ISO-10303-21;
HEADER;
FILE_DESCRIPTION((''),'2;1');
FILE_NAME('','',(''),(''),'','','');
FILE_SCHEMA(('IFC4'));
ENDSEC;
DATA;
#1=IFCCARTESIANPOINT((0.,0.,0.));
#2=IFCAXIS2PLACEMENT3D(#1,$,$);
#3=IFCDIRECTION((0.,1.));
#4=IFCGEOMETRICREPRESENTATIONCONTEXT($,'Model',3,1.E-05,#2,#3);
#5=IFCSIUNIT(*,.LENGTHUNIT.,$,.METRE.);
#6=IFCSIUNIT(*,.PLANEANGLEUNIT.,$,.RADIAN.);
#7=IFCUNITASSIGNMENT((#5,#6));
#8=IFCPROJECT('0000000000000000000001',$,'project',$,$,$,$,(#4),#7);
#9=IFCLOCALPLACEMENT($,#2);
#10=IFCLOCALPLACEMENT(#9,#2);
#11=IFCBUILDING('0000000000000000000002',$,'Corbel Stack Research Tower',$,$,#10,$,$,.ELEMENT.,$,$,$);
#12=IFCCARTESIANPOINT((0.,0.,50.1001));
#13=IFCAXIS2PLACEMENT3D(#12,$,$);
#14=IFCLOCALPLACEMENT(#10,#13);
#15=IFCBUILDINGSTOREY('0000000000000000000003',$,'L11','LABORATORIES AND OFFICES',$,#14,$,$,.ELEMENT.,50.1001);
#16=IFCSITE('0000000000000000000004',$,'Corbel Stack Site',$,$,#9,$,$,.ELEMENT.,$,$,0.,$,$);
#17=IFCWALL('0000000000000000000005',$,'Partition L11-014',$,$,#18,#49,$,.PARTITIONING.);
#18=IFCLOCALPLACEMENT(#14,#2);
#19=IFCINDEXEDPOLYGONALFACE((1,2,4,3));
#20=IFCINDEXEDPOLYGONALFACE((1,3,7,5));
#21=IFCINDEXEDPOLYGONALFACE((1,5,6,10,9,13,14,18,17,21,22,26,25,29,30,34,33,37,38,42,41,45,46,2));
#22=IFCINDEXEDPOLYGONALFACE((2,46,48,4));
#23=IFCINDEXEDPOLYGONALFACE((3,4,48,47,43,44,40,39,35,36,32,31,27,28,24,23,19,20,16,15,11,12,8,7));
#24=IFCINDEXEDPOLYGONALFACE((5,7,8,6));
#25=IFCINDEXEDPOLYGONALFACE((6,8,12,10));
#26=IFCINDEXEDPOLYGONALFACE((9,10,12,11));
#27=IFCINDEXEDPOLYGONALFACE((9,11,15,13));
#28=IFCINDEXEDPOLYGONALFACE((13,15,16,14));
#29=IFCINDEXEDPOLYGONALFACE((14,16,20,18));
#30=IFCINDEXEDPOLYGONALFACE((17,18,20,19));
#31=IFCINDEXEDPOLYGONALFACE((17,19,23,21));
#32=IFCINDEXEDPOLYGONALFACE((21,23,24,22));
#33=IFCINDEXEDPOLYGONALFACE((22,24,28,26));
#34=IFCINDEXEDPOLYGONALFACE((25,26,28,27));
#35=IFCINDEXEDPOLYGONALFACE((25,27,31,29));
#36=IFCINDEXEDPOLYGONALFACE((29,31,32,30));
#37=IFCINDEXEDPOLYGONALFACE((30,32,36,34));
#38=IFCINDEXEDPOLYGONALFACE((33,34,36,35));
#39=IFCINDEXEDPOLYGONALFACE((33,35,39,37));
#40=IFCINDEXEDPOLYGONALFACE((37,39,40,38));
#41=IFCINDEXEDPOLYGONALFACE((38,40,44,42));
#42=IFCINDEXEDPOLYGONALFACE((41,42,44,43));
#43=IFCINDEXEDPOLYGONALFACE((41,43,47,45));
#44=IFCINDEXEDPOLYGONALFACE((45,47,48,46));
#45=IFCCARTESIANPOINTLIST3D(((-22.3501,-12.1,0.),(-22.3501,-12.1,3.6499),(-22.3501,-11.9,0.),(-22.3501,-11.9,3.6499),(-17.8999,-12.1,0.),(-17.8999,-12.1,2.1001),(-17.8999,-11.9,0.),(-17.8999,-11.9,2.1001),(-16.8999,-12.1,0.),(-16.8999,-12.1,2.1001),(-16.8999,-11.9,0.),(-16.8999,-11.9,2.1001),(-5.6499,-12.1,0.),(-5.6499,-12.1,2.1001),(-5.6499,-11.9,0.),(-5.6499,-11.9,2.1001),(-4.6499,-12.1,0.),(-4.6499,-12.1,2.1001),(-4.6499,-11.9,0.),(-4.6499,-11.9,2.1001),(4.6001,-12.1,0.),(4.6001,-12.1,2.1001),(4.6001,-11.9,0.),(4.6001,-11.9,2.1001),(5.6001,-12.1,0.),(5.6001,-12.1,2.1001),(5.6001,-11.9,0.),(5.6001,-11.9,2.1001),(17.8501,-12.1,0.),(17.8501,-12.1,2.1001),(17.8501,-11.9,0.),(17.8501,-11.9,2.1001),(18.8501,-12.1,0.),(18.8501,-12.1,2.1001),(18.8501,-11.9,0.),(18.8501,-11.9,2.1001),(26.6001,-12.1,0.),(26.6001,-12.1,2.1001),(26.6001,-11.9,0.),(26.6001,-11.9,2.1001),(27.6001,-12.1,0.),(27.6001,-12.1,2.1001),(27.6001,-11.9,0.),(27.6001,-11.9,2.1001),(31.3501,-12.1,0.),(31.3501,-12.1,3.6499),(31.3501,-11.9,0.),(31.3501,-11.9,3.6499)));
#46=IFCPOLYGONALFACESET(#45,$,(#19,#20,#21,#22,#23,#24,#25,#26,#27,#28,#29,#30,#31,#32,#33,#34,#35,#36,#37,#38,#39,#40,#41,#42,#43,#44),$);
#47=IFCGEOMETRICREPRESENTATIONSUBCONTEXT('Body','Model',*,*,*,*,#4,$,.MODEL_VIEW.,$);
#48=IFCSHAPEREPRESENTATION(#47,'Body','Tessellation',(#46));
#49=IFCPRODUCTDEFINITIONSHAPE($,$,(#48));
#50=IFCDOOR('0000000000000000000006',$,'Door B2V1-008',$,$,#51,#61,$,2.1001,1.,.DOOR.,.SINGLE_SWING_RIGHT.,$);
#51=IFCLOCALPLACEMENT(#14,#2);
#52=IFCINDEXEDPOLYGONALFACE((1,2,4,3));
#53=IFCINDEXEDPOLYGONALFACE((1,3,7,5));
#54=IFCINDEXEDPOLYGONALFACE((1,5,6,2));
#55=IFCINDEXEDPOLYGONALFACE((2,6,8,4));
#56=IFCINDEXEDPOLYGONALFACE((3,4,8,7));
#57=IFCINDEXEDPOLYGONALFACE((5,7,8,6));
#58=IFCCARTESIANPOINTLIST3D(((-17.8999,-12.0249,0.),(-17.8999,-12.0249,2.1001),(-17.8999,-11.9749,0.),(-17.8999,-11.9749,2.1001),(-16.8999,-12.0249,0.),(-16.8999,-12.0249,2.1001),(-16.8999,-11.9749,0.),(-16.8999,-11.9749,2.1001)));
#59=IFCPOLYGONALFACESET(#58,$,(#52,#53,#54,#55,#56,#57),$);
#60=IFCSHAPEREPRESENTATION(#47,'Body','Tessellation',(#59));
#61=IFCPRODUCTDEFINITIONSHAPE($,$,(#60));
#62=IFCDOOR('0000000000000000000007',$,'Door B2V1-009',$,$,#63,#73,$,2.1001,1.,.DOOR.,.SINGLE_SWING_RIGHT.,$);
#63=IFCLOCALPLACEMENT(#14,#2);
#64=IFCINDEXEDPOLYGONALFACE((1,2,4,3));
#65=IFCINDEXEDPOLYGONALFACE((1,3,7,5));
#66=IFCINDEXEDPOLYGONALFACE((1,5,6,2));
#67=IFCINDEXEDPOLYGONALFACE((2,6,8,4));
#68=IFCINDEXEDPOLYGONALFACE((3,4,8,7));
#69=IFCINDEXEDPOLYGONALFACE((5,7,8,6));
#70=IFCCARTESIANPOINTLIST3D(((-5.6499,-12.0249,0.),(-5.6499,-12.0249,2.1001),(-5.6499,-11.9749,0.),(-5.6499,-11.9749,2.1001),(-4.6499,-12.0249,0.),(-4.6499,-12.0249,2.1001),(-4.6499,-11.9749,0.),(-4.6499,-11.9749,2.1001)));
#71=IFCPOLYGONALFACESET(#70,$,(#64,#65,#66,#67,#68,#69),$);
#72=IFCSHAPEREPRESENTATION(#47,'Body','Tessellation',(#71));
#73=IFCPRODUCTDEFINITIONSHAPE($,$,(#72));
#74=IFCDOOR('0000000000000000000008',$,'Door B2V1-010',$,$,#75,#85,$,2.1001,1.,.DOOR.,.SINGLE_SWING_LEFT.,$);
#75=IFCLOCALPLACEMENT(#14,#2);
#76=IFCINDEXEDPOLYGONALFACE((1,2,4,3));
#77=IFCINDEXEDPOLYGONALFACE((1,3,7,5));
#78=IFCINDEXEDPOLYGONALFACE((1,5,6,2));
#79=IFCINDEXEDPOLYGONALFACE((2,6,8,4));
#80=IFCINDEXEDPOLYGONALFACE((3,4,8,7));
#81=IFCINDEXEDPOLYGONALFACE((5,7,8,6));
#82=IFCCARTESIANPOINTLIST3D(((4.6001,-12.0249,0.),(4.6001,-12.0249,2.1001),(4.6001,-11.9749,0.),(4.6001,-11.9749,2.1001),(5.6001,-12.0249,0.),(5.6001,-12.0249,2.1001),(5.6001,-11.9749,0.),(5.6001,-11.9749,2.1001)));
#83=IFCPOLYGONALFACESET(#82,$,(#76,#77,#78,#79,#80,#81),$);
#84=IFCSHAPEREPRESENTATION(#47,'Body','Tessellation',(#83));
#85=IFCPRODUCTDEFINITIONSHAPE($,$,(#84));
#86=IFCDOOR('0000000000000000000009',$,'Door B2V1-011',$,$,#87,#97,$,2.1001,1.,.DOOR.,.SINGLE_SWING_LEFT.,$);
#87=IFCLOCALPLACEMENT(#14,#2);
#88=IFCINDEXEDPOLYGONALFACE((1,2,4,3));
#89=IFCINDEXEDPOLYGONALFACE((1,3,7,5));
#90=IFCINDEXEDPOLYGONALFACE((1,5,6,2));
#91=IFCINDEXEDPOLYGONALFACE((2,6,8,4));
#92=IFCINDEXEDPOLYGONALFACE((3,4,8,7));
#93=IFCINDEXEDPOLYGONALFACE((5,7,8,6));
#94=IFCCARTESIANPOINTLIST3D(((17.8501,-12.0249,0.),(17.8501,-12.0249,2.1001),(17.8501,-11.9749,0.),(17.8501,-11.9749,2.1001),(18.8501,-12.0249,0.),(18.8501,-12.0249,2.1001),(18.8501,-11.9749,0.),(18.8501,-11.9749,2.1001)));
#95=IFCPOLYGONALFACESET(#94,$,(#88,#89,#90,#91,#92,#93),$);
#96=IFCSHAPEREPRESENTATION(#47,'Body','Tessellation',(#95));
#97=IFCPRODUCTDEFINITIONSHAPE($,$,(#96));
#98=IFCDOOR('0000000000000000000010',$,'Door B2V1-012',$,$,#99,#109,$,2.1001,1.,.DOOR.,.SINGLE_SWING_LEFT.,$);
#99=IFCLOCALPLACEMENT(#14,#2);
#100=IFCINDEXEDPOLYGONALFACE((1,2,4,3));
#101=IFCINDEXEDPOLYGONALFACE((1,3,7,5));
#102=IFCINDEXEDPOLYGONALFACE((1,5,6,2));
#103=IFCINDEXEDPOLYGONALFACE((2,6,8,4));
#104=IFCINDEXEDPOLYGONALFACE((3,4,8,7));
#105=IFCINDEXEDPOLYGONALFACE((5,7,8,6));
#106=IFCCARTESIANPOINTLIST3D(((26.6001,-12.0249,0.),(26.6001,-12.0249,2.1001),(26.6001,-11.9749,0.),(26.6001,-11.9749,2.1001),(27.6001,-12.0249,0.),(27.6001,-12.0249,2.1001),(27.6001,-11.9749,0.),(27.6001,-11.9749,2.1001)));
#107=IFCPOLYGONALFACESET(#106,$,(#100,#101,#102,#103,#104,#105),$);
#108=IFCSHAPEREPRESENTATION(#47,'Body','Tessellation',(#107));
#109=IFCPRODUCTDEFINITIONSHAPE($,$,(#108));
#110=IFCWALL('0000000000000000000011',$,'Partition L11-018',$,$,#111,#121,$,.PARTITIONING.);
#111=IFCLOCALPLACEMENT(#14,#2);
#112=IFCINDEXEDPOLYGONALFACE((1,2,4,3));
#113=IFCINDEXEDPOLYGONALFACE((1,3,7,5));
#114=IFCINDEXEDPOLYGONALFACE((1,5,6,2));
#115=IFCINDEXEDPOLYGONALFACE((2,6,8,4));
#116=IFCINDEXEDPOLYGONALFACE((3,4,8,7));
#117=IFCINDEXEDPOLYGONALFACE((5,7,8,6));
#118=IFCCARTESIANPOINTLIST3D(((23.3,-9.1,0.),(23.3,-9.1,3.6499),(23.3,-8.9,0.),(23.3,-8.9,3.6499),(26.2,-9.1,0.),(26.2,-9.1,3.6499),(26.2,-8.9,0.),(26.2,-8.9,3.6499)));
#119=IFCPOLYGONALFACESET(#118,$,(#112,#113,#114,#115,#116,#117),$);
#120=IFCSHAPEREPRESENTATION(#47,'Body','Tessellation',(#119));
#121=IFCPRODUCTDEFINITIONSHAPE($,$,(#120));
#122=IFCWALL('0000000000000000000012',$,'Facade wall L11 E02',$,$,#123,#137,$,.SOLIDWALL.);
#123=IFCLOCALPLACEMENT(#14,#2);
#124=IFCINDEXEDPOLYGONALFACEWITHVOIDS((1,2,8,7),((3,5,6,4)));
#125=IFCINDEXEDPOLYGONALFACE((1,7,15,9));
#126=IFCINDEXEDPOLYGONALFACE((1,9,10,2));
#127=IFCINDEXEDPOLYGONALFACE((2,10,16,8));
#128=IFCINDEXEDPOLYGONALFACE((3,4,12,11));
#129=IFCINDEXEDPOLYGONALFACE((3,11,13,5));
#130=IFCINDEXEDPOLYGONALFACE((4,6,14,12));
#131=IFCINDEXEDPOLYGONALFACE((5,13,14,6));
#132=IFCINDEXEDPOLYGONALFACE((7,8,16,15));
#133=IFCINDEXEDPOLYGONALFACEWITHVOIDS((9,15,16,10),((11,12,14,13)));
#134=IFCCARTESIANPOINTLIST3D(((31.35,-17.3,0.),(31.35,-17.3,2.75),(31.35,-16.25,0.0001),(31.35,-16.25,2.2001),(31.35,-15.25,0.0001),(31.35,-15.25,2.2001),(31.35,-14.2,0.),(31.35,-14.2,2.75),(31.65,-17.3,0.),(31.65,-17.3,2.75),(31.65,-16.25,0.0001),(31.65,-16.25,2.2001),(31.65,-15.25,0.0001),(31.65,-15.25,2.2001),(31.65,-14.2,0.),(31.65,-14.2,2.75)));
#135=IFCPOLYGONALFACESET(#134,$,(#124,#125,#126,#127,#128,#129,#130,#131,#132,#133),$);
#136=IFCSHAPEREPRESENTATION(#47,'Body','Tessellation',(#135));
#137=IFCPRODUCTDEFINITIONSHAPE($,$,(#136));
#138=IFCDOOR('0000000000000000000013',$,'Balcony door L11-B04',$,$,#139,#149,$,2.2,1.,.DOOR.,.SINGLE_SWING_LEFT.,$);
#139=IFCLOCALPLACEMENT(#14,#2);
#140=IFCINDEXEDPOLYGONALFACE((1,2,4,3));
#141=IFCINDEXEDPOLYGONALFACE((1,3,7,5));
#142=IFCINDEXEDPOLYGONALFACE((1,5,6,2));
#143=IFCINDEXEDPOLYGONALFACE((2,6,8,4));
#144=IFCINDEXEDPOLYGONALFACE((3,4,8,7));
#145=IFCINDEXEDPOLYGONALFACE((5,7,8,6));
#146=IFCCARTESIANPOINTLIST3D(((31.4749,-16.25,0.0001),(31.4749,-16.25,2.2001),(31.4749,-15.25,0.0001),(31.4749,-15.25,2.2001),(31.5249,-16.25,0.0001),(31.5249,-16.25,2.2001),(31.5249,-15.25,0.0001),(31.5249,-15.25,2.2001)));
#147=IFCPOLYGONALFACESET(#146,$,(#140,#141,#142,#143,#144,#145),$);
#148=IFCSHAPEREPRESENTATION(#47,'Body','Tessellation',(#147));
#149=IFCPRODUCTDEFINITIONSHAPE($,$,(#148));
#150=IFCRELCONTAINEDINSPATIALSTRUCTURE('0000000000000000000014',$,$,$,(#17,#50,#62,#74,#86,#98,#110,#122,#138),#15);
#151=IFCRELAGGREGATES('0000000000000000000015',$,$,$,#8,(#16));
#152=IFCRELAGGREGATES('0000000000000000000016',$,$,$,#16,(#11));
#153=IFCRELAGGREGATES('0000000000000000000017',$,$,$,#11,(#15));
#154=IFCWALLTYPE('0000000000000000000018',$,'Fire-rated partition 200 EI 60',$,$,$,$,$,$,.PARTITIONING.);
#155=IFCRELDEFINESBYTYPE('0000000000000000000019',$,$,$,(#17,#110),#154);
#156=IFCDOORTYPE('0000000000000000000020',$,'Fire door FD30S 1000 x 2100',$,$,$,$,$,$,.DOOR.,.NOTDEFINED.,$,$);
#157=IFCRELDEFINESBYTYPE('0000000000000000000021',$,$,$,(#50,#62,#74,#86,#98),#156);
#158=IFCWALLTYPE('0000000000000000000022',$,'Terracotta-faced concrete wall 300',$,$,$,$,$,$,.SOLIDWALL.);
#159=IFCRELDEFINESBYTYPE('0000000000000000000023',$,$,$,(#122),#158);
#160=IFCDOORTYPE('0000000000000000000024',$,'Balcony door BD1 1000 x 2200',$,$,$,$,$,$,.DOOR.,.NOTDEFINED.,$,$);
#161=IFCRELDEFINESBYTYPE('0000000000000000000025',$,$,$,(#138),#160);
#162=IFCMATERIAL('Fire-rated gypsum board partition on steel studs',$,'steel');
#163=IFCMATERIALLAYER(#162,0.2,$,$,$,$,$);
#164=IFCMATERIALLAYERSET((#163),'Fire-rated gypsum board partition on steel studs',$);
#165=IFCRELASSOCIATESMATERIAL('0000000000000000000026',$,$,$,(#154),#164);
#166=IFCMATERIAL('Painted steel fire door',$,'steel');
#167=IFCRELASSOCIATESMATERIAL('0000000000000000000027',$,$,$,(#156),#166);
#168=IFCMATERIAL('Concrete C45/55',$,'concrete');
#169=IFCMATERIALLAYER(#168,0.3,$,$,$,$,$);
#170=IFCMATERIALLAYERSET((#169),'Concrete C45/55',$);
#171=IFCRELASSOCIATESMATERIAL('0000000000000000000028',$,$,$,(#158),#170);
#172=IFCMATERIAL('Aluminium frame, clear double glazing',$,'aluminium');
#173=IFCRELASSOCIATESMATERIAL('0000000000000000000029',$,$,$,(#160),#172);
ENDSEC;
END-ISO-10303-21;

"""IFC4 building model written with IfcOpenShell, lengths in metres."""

from ifc_helpers import new_model, si_unit, direction, frame, frame_2d, origin, place, context, subcontext, project, spatial, rectangle, extrude, material, layer, layer_set, type_object, element, fill, save


model = new_model("IFC4")

# Units and contexts
model_context = context("Model", 3, precision=1e-05, world=origin(), true_north=direction((0.0, 1.0)))
body_context = subcontext(model_context, "Body", "Model", "MODEL_VIEW")
ifc_project = project(units=[si_unit("LENGTHUNIT", "METRE"), si_unit("PLANEANGLEUNIT", "RADIAN")], contexts=[model_context])

# Site, building, storey
site_placement = place(None, origin())
site = spatial("IfcSite", under=ifc_project, at=site_placement, Name="Corbel Stack Site", CompositionType="ELEMENT", RefElevation=0.0)
building_placement = place(site_placement, origin())
building = spatial("IfcBuilding", under=site, at=building_placement, Name="Corbel Stack Research Tower", CompositionType="ELEMENT")
storey_placement = place(building_placement, frame((0.0, 0.0, 50.1001)))
storey = spatial("IfcBuildingStorey", under=building, at=storey_placement, Name="L11", Description="LABORATORIES AND OFFICES", CompositionType="ELEMENT", Elevation=50.1001)

# Shared definitions
ifc_material_1 = material(Name="Fire-rated gypsum board partition on steel studs", Category="steel")
ifc_layer_1 = layer(ifc_material_1, 0.2)
ifc_layer_set_1 = layer_set([ifc_layer_1], Name="Fire-rated gypsum board partition on steel studs")
wall_type_1 = type_object("IfcWallType", Name="Fire-rated partition 200 EI 60", PredefinedType="PARTITIONING", material=ifc_layer_set_1)

# Wall, openings, doors
wall_1_placement = place(storey_placement, frame((31.3501, -12.0, 0.0), z_axis=(0.0, 0.0, 1.0), x_axis=(-1.0, 0.0, 0.0)))
wall_1 = element("IfcWall", 1, at=wall_1_placement, inside=storey, type_object=wall_type_1, Name="Partition L11-014", PredefinedType="PARTITIONING", context=body_context, shape_type="SweptSolid", body=[
    extrude(rectangle(XDim=53.7002, YDim=0.2, at=frame_2d((26.8501, 0.0))), origin(), (0.0, 0.0, 1.0), 3.6499),
])
opening_1_placement = place(wall_1_placement, frame((48.25, 0.0, 0.0)))
opening_1 = element("IfcOpeningElement", 2, at=opening_1_placement, cuts=wall_1, PredefinedType="OPENING", context=body_context, shape_type="SweptSolid", body=[
    extrude(rectangle(XDim=1.0, YDim=2.1001, at=frame_2d((0.5, 1.05))), frame((0.0, 0.1099, 0.0), z_axis=(0.0, -1.0, 0.0), x_axis=(1.0, 0.0, 0.0)), (0.0, 0.0, 1.0), 0.22),
])
opening_2_placement = place(wall_1_placement, frame((36.0, 0.0, 0.0)))
opening_2 = element("IfcOpeningElement", 3, at=opening_2_placement, cuts=wall_1, PredefinedType="OPENING", context=body_context, shape_type="SweptSolid", body=[
    extrude(rectangle(XDim=1.0, YDim=2.1001, at=frame_2d((0.5, 1.05))), frame((0.0, 0.1099, 0.0), z_axis=(0.0, -1.0, 0.0), x_axis=(1.0, 0.0, 0.0)), (0.0, 0.0, 1.0), 0.22),
])
opening_3_placement = place(wall_1_placement, frame((25.75, 0.0, 0.0)))
opening_3 = element("IfcOpeningElement", 4, at=opening_3_placement, cuts=wall_1, PredefinedType="OPENING", context=body_context, shape_type="SweptSolid", body=[
    extrude(rectangle(XDim=1.0, YDim=2.1001, at=frame_2d((0.5, 1.05))), frame((0.0, 0.1099, 0.0), z_axis=(0.0, -1.0, 0.0), x_axis=(1.0, 0.0, 0.0)), (0.0, 0.0, 1.0), 0.22),
])
opening_4_placement = place(wall_1_placement, frame((12.5, 0.0, 0.0)))
opening_4 = element("IfcOpeningElement", 5, at=opening_4_placement, cuts=wall_1, PredefinedType="OPENING", context=body_context, shape_type="SweptSolid", body=[
    extrude(rectangle(XDim=1.0, YDim=2.1001, at=frame_2d((0.5, 1.05))), frame((0.0, 0.1099, 0.0), z_axis=(0.0, -1.0, 0.0), x_axis=(1.0, 0.0, 0.0)), (0.0, 0.0, 1.0), 0.22),
])
opening_5_placement = place(wall_1_placement, frame((3.75, 0.0, 0.0)))
opening_5 = element("IfcOpeningElement", 6, at=opening_5_placement, cuts=wall_1, PredefinedType="OPENING", context=body_context, shape_type="SweptSolid", body=[
    extrude(rectangle(XDim=1.0, YDim=2.1001, at=frame_2d((0.5, 1.05))), frame((0.0, 0.1099, 0.0), z_axis=(0.0, -1.0, 0.0), x_axis=(1.0, 0.0, 0.0)), (0.0, 0.0, 1.0), 0.22),
])
ifc_material_2 = material(Name="Painted steel fire door", Category="steel")
door_type_1 = type_object("IfcDoorType", Name="Fire door FD30S 1000 x 2100", OperationType="NOTDEFINED", PredefinedType="DOOR", material=ifc_material_2)
door_1_placement = place(opening_1_placement, origin())
door_1 = element("IfcDoor", 7, at=door_1_placement, inside=storey, type_object=door_type_1, Name="Door B2V1-008", OperationType="SINGLE_SWING_RIGHT", OverallHeight=2.1001, OverallWidth=1.0, PredefinedType="DOOR", context=body_context, shape_type="SweptSolid", body=[
    extrude(rectangle(XDim=1.0, YDim=2.1001, at=frame_2d((0.5, 1.05))), frame((0.0, 0.0249, 0.0), z_axis=(0.0, -1.0, 0.0), x_axis=(1.0, 0.0, 0.0)), (0.0, 0.0, 1.0), 0.05),
])
fill(opening_1, door_1)
door_2_placement = place(opening_2_placement, origin())
door_2 = element("IfcDoor", 8, at=door_2_placement, inside=storey, type_object=door_type_1, Name="Door B2V1-009", OperationType="SINGLE_SWING_RIGHT", OverallHeight=2.1001, OverallWidth=1.0, PredefinedType="DOOR", context=body_context, shape_type="SweptSolid", body=[
    extrude(rectangle(XDim=1.0, YDim=2.1001, at=frame_2d((0.5, 1.05))), frame((0.0, 0.0249, 0.0), z_axis=(0.0, -1.0, 0.0), x_axis=(1.0, 0.0, 0.0)), (0.0, 0.0, 1.0), 0.05),
])
fill(opening_2, door_2)
door_3_placement = place(opening_3_placement, origin())
door_3 = element("IfcDoor", 9, at=door_3_placement, inside=storey, type_object=door_type_1, Name="Door B2V1-010", OperationType="SINGLE_SWING_LEFT", OverallHeight=2.1001, OverallWidth=1.0, PredefinedType="DOOR", context=body_context, shape_type="SweptSolid", body=[
    extrude(rectangle(XDim=1.0, YDim=2.1001, at=frame_2d((0.5, 1.05))), frame((0.0, 0.0249, 0.0), z_axis=(0.0, -1.0, 0.0), x_axis=(1.0, 0.0, 0.0)), (0.0, 0.0, 1.0), 0.05),
])
fill(opening_3, door_3)
door_4_placement = place(opening_4_placement, origin())
door_4 = element("IfcDoor", 10, at=door_4_placement, inside=storey, type_object=door_type_1, Name="Door B2V1-011", OperationType="SINGLE_SWING_LEFT", OverallHeight=2.1001, OverallWidth=1.0, PredefinedType="DOOR", context=body_context, shape_type="SweptSolid", body=[
    extrude(rectangle(XDim=1.0, YDim=2.1001, at=frame_2d((0.5, 1.05))), frame((0.0, 0.0249, 0.0), z_axis=(0.0, -1.0, 0.0), x_axis=(1.0, 0.0, 0.0)), (0.0, 0.0, 1.0), 0.05),
])
fill(opening_4, door_4)
door_5_placement = place(opening_5_placement, origin())
door_5 = element("IfcDoor", 11, at=door_5_placement, inside=storey, type_object=door_type_1, Name="Door B2V1-012", OperationType="SINGLE_SWING_LEFT", OverallHeight=2.1001, OverallWidth=1.0, PredefinedType="DOOR", context=body_context, shape_type="SweptSolid", body=[
    extrude(rectangle(XDim=1.0, YDim=2.1001, at=frame_2d((0.5, 1.05))), frame((0.0, 0.0249, 0.0), z_axis=(0.0, -1.0, 0.0), x_axis=(1.0, 0.0, 0.0)), (0.0, 0.0, 1.0), 0.05),
])
fill(opening_5, door_5)

# Wall
wall_2_placement = place(storey_placement, frame((23.3, -9.0, 0.0), z_axis=(0.0, 0.0, 1.0), x_axis=(1.0, 0.0, 0.0)))
element("IfcWall", 12, at=wall_2_placement, inside=storey, type_object=wall_type_1, Name="Partition L11-018", PredefinedType="PARTITIONING", context=body_context, shape_type="SweptSolid", body=[
    extrude(rectangle(XDim=2.8999, YDim=0.2, at=frame_2d((1.45, 0.0))), origin(), (0.0, 0.0, 1.0), 3.6499),
])

# Wall, opening, door
ifc_material_3 = material(Name="Concrete C45/55", Category="concrete")
ifc_layer_2 = layer(ifc_material_3, 0.3)
ifc_layer_set_2 = layer_set([ifc_layer_2], Name="Concrete C45/55")
wall_type_2 = type_object("IfcWallType", Name="Terracotta-faced concrete wall 300", PredefinedType="SOLIDWALL", material=ifc_layer_set_2)
wall_3_placement = place(storey_placement, frame((31.5, -14.2, 0.0), z_axis=(0.0, 0.0, 1.0), x_axis=(0.0, -1.0, 0.0)))
wall_3 = element("IfcWall", 13, at=wall_3_placement, inside=storey, type_object=wall_type_2, Name="Facade wall L11 E02", PredefinedType="SOLIDWALL", context=body_context, shape_type="SweptSolid", body=[
    extrude(rectangle(XDim=3.1001, YDim=0.3, at=frame_2d((1.55, 0.0))), origin(), (0.0, 0.0, 1.0), 2.75),
])
opening_6_placement = place(wall_3_placement, frame((1.05, 0.0, 0.0)))
opening_6 = element("IfcOpeningElement", 14, at=opening_6_placement, cuts=wall_3, PredefinedType="OPENING", context=body_context, shape_type="SweptSolid", body=[
    extrude(rectangle(XDim=1.0, YDim=2.2, at=frame_2d((0.5, 1.1001))), frame((0.0, 0.1599, 0.0), z_axis=(0.0, -1.0, 0.0), x_axis=(1.0, 0.0, 0.0)), (0.0, 0.0, 1.0), 0.3201),
])
ifc_material_4 = material(Name="Aluminium frame, clear double glazing", Category="aluminium")
door_type_2 = type_object("IfcDoorType", Name="Balcony door BD1 1000 x 2200", OperationType="NOTDEFINED", PredefinedType="DOOR", material=ifc_material_4)
door_6_placement = place(opening_6_placement, origin())
door_6 = element("IfcDoor", 15, at=door_6_placement, inside=storey, type_object=door_type_2, Name="Balcony door L11-B04", OperationType="SINGLE_SWING_LEFT", OverallHeight=2.2, OverallWidth=1.0, PredefinedType="DOOR", context=body_context, shape_type="SweptSolid", body=[
    extrude(rectangle(XDim=1.0, YDim=2.2, at=frame_2d((0.5, 1.1001))), frame((0.0, 0.0249, 0.0), z_axis=(0.0, -1.0, 0.0), x_axis=(1.0, 0.0, 0.0)), (0.0, 0.0, 1.0), 0.05),
])
fill(opening_6, door_6)

save(model, "model.ifc")
